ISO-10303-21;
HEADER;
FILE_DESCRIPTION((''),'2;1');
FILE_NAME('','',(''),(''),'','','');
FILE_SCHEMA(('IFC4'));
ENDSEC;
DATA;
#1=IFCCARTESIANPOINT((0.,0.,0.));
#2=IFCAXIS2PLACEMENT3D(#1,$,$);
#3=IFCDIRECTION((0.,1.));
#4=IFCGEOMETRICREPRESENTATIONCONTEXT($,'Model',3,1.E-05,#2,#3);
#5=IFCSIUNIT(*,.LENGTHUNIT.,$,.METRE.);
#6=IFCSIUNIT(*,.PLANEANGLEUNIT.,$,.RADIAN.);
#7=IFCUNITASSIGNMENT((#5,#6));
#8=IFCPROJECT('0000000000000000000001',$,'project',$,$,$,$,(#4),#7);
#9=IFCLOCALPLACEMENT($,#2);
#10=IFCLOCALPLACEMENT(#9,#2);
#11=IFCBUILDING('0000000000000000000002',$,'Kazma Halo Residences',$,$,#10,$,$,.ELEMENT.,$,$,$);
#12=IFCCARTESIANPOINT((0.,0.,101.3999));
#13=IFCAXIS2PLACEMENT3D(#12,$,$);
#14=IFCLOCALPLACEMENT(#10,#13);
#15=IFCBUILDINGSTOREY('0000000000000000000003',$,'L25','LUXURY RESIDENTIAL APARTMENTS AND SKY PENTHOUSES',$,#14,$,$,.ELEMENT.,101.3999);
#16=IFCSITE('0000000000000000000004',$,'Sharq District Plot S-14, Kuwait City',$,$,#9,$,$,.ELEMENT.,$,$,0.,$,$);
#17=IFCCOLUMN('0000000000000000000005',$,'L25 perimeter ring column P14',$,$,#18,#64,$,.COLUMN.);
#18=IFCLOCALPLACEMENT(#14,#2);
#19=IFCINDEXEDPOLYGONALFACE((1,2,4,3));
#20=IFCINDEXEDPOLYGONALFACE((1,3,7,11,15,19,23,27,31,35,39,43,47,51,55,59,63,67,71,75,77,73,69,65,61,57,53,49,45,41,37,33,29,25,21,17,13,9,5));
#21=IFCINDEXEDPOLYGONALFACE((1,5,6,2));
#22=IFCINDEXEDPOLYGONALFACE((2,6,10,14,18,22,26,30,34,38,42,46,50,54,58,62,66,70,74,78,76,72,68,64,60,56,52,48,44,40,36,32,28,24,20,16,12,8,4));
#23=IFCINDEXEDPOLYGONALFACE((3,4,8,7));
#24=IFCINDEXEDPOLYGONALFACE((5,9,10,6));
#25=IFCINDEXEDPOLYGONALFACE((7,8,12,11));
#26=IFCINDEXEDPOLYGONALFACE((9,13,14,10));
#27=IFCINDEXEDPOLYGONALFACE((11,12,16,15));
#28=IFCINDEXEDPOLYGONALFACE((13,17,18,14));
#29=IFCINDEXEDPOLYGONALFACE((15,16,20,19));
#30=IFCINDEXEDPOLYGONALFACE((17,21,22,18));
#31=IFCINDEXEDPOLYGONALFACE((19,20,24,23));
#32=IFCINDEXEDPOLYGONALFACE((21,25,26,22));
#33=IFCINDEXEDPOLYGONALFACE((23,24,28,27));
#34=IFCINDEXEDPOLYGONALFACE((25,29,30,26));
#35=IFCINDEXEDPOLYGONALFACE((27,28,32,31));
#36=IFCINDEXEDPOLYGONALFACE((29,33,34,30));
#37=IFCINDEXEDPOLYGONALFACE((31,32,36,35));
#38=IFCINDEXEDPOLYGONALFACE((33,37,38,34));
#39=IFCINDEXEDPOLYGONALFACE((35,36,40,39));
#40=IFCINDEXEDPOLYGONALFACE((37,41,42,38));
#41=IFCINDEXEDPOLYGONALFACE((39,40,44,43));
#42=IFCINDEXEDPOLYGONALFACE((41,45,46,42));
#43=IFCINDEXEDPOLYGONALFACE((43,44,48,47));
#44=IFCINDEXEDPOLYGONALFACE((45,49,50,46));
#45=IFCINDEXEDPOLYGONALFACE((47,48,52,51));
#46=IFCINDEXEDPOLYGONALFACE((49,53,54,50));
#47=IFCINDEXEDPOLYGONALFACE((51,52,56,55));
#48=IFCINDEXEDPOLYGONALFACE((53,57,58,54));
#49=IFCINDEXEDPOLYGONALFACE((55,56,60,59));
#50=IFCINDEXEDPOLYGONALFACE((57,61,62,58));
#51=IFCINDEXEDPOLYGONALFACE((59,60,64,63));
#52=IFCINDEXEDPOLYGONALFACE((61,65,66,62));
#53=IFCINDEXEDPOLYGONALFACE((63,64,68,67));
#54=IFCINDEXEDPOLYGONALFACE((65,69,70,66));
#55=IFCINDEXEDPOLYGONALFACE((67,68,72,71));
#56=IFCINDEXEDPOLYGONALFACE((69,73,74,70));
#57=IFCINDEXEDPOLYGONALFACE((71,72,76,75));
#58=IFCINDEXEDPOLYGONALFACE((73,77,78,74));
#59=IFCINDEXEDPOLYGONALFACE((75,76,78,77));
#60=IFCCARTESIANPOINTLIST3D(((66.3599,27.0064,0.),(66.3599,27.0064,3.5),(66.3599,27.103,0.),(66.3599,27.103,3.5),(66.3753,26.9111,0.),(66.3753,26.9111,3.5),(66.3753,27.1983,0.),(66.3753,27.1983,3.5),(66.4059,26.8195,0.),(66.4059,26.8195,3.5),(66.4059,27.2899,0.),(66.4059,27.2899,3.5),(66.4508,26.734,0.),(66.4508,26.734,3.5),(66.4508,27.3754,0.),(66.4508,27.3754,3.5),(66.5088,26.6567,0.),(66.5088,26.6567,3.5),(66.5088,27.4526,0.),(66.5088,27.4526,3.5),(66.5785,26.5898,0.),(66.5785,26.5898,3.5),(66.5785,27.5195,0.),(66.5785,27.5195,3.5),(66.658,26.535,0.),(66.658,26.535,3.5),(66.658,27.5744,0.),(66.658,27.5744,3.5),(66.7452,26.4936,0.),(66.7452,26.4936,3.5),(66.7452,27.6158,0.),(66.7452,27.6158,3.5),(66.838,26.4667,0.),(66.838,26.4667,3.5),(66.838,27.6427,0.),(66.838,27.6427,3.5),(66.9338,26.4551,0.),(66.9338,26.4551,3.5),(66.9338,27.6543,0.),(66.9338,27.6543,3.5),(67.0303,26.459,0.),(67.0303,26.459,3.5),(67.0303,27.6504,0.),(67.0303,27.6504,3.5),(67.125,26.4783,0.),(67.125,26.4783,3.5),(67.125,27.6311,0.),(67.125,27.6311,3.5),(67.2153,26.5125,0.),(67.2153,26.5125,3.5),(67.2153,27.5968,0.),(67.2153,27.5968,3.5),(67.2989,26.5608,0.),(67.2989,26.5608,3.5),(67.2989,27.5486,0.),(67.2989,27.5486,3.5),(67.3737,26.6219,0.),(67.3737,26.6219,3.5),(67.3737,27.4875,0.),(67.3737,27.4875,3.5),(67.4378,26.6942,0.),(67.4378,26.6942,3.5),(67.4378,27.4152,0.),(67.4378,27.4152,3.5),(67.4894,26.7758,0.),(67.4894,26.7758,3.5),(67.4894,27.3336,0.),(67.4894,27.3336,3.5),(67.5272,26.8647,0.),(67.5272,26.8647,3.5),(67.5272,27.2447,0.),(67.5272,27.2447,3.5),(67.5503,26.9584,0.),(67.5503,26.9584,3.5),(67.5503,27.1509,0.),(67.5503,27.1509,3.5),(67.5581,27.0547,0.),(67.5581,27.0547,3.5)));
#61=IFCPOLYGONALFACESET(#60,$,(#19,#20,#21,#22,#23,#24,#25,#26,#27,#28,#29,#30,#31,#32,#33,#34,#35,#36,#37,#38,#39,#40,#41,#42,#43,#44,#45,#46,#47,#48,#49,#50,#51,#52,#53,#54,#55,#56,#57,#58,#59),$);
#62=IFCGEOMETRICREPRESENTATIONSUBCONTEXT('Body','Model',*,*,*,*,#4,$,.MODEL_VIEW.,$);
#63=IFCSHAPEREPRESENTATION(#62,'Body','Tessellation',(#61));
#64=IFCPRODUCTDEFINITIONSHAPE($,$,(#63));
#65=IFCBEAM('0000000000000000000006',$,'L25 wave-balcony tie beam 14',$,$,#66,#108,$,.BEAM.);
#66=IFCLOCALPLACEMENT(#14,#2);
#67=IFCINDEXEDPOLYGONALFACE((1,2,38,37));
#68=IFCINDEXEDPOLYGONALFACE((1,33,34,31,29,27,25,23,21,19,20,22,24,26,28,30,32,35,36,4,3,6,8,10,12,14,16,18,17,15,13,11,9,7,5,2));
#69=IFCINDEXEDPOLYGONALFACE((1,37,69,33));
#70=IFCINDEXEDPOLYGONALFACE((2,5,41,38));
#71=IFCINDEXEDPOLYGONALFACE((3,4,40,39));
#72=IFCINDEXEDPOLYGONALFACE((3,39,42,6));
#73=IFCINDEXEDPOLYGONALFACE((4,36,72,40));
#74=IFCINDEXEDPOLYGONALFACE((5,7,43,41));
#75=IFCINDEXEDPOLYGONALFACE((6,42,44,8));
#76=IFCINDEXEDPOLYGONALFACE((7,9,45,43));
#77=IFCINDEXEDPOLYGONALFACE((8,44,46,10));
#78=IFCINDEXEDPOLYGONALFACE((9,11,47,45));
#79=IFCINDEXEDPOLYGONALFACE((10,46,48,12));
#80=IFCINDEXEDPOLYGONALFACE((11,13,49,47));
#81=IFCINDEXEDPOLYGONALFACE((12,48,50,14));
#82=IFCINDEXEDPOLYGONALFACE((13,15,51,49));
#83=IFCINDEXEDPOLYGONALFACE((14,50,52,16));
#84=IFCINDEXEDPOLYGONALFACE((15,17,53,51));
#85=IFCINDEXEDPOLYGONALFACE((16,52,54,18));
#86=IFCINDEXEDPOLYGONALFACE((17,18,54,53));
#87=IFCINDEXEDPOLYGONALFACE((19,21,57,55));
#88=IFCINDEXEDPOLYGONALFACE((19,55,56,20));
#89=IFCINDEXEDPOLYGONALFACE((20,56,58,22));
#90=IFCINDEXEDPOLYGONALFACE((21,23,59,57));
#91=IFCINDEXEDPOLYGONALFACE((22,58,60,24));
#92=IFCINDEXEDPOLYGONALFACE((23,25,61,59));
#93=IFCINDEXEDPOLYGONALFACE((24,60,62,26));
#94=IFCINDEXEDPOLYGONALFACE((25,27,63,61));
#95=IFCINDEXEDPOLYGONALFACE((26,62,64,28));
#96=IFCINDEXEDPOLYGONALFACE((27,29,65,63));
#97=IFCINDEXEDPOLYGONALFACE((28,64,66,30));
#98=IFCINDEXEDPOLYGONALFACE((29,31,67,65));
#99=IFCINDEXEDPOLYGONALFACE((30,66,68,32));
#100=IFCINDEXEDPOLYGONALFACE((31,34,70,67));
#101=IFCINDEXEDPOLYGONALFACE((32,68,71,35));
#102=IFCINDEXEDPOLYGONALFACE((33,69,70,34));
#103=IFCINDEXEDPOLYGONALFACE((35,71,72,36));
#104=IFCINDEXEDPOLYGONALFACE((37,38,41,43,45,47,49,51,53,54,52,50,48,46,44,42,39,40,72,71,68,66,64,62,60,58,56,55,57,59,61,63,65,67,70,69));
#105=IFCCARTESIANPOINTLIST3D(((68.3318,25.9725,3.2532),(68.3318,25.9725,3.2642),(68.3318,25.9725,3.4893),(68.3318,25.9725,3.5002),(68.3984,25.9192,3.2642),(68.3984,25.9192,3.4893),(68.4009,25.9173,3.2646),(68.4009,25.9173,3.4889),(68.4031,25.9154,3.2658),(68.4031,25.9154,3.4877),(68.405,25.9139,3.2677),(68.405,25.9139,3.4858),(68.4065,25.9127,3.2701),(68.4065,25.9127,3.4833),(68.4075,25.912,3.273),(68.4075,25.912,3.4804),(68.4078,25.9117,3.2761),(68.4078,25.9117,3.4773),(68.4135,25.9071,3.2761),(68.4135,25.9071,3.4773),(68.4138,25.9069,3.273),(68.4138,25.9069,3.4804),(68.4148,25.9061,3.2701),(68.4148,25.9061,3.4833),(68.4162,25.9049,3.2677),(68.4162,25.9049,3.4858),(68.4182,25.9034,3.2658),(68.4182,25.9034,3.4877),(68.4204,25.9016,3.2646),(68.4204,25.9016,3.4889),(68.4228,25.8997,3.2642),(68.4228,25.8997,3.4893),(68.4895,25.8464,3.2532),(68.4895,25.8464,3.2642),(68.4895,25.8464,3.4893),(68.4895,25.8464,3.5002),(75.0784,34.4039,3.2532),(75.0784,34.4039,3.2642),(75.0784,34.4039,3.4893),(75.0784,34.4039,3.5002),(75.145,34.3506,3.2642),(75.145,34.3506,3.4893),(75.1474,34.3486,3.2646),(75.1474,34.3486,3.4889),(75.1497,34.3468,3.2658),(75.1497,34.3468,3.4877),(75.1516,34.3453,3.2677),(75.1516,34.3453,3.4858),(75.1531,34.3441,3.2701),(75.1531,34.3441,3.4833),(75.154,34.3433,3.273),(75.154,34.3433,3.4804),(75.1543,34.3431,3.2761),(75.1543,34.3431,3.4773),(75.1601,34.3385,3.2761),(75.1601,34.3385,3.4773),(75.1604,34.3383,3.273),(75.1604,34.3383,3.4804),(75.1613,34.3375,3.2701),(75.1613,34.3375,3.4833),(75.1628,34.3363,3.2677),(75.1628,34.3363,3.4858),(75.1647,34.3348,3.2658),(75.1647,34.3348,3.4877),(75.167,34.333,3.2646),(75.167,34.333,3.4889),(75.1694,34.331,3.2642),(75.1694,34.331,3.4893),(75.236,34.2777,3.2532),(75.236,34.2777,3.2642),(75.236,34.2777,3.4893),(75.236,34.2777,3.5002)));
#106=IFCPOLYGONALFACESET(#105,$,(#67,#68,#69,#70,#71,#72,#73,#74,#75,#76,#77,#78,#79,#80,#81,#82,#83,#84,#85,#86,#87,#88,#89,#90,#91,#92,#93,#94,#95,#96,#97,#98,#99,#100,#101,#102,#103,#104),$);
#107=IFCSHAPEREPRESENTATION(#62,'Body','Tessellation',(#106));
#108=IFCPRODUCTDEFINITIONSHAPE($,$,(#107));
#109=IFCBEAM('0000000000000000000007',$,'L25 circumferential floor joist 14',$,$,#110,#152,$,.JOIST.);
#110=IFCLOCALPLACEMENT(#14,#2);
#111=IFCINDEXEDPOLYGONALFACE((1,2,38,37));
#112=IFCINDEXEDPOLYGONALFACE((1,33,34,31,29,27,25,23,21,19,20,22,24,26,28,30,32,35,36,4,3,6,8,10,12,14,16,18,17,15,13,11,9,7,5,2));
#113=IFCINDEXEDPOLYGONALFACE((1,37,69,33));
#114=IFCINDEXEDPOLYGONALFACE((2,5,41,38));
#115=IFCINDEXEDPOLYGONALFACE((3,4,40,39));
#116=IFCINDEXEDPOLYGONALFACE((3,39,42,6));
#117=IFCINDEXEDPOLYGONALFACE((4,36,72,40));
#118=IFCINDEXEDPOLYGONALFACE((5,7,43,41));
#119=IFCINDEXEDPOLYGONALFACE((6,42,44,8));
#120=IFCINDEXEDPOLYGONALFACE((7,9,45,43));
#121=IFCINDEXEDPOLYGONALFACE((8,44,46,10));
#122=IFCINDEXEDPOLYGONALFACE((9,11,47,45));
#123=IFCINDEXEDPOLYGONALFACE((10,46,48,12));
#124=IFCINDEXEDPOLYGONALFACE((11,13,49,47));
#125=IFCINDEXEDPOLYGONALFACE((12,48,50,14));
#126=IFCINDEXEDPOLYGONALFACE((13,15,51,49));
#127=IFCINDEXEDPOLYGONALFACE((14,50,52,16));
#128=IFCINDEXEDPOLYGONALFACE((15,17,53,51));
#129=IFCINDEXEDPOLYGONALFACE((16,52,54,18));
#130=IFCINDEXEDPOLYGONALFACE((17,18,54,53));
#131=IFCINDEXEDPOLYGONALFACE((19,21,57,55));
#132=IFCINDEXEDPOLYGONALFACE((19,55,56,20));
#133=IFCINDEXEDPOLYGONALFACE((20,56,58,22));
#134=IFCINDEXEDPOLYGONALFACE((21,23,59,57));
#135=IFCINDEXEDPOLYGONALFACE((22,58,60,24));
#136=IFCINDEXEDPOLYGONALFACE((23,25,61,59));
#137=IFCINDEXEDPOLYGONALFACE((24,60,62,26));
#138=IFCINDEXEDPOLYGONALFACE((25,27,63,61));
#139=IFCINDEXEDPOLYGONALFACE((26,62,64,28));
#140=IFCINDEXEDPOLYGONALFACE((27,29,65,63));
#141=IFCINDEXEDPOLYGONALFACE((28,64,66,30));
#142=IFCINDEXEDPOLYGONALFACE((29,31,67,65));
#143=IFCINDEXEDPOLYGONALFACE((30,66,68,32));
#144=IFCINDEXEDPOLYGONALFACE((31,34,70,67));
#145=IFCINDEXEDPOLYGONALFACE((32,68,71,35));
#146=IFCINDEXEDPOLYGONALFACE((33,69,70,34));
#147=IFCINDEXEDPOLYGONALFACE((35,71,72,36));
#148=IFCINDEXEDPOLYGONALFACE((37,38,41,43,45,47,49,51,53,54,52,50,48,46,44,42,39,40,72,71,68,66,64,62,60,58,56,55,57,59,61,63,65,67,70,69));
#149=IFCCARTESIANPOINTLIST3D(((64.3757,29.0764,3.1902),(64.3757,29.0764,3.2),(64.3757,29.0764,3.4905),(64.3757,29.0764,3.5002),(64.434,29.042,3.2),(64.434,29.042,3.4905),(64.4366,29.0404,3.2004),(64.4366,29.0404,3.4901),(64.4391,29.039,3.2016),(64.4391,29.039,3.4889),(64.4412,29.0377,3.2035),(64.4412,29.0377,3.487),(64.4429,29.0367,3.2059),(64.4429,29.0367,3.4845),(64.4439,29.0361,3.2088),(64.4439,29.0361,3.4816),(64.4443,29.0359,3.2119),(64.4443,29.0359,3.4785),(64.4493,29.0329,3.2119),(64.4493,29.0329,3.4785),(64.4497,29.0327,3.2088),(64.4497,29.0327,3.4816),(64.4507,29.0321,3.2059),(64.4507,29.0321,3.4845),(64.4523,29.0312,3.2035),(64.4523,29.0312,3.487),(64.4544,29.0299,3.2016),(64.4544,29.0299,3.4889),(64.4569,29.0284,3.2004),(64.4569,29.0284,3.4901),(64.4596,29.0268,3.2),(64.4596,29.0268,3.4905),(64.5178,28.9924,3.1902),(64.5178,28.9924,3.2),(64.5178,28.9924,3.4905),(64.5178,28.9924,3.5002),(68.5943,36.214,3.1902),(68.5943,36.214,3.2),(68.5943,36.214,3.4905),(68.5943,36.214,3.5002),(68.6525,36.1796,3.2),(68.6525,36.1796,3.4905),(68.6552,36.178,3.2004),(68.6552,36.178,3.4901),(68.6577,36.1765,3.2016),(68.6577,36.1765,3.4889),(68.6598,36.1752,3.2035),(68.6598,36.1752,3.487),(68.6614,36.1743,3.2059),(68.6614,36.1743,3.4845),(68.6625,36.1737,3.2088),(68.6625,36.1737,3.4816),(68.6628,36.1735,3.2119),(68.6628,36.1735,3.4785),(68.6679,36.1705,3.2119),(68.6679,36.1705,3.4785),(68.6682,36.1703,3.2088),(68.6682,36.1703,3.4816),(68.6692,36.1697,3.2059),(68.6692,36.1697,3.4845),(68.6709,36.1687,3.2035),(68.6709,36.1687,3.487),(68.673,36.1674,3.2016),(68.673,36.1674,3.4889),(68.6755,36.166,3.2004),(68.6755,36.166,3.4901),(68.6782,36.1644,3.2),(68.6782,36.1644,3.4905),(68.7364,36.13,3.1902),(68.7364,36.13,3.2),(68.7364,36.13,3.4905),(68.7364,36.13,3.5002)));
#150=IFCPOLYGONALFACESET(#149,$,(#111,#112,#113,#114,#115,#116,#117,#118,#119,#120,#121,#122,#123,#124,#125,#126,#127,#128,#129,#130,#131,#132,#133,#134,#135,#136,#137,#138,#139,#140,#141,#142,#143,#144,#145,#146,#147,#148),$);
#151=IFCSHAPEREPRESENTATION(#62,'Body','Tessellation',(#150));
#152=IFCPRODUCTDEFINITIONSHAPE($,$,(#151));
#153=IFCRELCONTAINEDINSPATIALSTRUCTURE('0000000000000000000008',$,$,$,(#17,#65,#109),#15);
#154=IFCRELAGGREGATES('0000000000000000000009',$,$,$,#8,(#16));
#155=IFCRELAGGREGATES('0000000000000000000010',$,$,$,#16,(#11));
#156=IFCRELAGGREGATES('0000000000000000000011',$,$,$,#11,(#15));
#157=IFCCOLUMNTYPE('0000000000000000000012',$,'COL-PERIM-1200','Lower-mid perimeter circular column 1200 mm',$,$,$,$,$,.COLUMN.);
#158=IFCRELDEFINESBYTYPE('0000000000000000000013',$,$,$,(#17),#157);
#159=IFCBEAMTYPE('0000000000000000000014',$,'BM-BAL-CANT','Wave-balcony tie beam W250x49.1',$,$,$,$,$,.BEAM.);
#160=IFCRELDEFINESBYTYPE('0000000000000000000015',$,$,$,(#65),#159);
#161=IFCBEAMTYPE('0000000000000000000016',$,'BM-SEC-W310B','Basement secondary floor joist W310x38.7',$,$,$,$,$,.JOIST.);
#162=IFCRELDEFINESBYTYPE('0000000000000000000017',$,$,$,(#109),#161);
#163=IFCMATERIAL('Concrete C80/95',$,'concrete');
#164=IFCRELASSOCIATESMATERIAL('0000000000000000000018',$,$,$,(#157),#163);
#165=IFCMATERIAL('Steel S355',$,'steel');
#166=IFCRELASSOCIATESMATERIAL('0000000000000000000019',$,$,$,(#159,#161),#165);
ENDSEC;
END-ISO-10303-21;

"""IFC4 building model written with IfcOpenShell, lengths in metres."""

from ifc_helpers import new_model, si_unit, direction, frame, origin, origin_2d, place, context, subcontext, project, spatial, circle, i_section, extrude, material, material_profile, profile_set, type_object, element, save


model = new_model("IFC4")

# Units and contexts
model_context = context("Model", 3, precision=1e-05, world=origin(), true_north=direction((0.0, 1.0)))
body_context = subcontext(model_context, "Body", "Model", "MODEL_VIEW")
ifc_project = project(units=[si_unit("LENGTHUNIT", "METRE"), si_unit("PLANEANGLEUNIT", "RADIAN")], contexts=[model_context])

# Site, building, storey
site_placement = place(None, origin())
site = spatial("IfcSite", under=ifc_project, at=site_placement, Name="Sharq District Plot S-14, Kuwait City", CompositionType="ELEMENT", RefElevation=0.0)
building_placement = place(site_placement, origin())
building = spatial("IfcBuilding", under=site, at=building_placement, Name="Kazma Halo Residences", CompositionType="ELEMENT")
storey_placement = place(building_placement, frame((0.0, 0.0, 101.3999)))
storey = spatial("IfcBuildingStorey", under=building, at=storey_placement, Name="L25", Description="LUXURY RESIDENTIAL APARTMENTS AND SKY PENTHOUSES", CompositionType="ELEMENT", Elevation=101.3999)

# Column
ifc_material_1 = material(Name="Concrete C80/95", Category="concrete")
ifc_material_profile_1 = material_profile(ifc_material_1, circle(Radius=0.6001, at=origin_2d()), Name="CIRC1200")
ifc_profile_set_1 = profile_set([ifc_material_profile_1], Name="Concrete C80/95")
column_type = type_object("IfcColumnType", Name="COL-PERIM-1200", Description="Lower-mid perimeter circular column 1200 mm", PredefinedType="COLUMN", material=ifc_profile_set_1)
column_placement = place(storey_placement, frame((66.958, 27.0547, 0.0), z_axis=(0.0, 0.0, 1.0), x_axis=(1.0, 0.0, 0.0)))
element("IfcColumn", 1, at=column_placement, inside=storey, type_object=column_type, Name="L25 perimeter ring column P14", PredefinedType="COLUMN", context=body_context, shape_type="SweptSolid", body=[
    extrude(circle(Radius=0.6001, at=origin_2d()), origin(), (0.0, 0.0, 1.0), 3.5),
])

# Beams
ifc_material_2 = material(Name="Steel S355", Category="steel")
ifc_material_profile_2 = material_profile(ifc_material_2, i_section(OverallWidth=0.2019, OverallDepth=0.2471, WebThickness=0.0073, FlangeThickness=0.011, FilletRadius=0.012, at=origin_2d()), Name="W250x49.1")
ifc_profile_set_2 = profile_set([ifc_material_profile_2], Name="Steel S355")
beam_type_1 = type_object("IfcBeamType", Name="BM-BAL-CANT", Description="Wave-balcony tie beam W250x49.1", PredefinedType="BEAM", material=ifc_profile_set_2)
beam_1_placement = place(storey_placement, frame((68.4106, 25.9094, 3.3767), z_axis=(0.624778, 0.780803, 0.0), x_axis=(-0.780803, 0.624778, 0.0)))
element("IfcBeam", 2, at=beam_1_placement, inside=storey, type_object=beam_type_1, Name="L25 wave-balcony tie beam 14", PredefinedType="BEAM", context=body_context, shape_type="SweptSolid", body=[
    extrude(i_section(OverallWidth=0.2019, OverallDepth=0.2471, WebThickness=0.0073, FlangeThickness=0.011, FilletRadius=0.012, at=origin_2d()), origin(), (0.0, 0.0, 1.0), 10.7983),
])
ifc_material_profile_3 = material_profile(ifc_material_2, i_section(OverallWidth=0.165, OverallDepth=0.3101, WebThickness=0.0059, FlangeThickness=0.0098, FilletRadius=0.012, at=origin_2d()), Name="W310x38.7")
ifc_profile_set_3 = profile_set([ifc_material_profile_3], Name="Steel S355")
beam_type_2 = type_object("IfcBeamType", Name="BM-SEC-W310B", Description="Basement secondary floor joist W310x38.7", PredefinedType="JOIST", material=ifc_profile_set_3)
beam_2_placement = place(storey_placement, frame((64.4468, 29.0344, 3.3452), z_axis=(0.508812, 0.860878, 0.0), x_axis=(-0.860878, 0.508812, 0.0)))
element("IfcBeam", 3, at=beam_2_placement, inside=storey, type_object=beam_type_2, Name="L25 circumferential floor joist 14", PredefinedType="JOIST", context=body_context, shape_type="SweptSolid", body=[
    extrude(i_section(OverallWidth=0.165, OverallDepth=0.3101, WebThickness=0.0059, FlangeThickness=0.0098, FilletRadius=0.012, at=origin_2d()), origin(), (0.0, 0.0, 1.0), 8.291),
])

save(model, "model.ifc")
